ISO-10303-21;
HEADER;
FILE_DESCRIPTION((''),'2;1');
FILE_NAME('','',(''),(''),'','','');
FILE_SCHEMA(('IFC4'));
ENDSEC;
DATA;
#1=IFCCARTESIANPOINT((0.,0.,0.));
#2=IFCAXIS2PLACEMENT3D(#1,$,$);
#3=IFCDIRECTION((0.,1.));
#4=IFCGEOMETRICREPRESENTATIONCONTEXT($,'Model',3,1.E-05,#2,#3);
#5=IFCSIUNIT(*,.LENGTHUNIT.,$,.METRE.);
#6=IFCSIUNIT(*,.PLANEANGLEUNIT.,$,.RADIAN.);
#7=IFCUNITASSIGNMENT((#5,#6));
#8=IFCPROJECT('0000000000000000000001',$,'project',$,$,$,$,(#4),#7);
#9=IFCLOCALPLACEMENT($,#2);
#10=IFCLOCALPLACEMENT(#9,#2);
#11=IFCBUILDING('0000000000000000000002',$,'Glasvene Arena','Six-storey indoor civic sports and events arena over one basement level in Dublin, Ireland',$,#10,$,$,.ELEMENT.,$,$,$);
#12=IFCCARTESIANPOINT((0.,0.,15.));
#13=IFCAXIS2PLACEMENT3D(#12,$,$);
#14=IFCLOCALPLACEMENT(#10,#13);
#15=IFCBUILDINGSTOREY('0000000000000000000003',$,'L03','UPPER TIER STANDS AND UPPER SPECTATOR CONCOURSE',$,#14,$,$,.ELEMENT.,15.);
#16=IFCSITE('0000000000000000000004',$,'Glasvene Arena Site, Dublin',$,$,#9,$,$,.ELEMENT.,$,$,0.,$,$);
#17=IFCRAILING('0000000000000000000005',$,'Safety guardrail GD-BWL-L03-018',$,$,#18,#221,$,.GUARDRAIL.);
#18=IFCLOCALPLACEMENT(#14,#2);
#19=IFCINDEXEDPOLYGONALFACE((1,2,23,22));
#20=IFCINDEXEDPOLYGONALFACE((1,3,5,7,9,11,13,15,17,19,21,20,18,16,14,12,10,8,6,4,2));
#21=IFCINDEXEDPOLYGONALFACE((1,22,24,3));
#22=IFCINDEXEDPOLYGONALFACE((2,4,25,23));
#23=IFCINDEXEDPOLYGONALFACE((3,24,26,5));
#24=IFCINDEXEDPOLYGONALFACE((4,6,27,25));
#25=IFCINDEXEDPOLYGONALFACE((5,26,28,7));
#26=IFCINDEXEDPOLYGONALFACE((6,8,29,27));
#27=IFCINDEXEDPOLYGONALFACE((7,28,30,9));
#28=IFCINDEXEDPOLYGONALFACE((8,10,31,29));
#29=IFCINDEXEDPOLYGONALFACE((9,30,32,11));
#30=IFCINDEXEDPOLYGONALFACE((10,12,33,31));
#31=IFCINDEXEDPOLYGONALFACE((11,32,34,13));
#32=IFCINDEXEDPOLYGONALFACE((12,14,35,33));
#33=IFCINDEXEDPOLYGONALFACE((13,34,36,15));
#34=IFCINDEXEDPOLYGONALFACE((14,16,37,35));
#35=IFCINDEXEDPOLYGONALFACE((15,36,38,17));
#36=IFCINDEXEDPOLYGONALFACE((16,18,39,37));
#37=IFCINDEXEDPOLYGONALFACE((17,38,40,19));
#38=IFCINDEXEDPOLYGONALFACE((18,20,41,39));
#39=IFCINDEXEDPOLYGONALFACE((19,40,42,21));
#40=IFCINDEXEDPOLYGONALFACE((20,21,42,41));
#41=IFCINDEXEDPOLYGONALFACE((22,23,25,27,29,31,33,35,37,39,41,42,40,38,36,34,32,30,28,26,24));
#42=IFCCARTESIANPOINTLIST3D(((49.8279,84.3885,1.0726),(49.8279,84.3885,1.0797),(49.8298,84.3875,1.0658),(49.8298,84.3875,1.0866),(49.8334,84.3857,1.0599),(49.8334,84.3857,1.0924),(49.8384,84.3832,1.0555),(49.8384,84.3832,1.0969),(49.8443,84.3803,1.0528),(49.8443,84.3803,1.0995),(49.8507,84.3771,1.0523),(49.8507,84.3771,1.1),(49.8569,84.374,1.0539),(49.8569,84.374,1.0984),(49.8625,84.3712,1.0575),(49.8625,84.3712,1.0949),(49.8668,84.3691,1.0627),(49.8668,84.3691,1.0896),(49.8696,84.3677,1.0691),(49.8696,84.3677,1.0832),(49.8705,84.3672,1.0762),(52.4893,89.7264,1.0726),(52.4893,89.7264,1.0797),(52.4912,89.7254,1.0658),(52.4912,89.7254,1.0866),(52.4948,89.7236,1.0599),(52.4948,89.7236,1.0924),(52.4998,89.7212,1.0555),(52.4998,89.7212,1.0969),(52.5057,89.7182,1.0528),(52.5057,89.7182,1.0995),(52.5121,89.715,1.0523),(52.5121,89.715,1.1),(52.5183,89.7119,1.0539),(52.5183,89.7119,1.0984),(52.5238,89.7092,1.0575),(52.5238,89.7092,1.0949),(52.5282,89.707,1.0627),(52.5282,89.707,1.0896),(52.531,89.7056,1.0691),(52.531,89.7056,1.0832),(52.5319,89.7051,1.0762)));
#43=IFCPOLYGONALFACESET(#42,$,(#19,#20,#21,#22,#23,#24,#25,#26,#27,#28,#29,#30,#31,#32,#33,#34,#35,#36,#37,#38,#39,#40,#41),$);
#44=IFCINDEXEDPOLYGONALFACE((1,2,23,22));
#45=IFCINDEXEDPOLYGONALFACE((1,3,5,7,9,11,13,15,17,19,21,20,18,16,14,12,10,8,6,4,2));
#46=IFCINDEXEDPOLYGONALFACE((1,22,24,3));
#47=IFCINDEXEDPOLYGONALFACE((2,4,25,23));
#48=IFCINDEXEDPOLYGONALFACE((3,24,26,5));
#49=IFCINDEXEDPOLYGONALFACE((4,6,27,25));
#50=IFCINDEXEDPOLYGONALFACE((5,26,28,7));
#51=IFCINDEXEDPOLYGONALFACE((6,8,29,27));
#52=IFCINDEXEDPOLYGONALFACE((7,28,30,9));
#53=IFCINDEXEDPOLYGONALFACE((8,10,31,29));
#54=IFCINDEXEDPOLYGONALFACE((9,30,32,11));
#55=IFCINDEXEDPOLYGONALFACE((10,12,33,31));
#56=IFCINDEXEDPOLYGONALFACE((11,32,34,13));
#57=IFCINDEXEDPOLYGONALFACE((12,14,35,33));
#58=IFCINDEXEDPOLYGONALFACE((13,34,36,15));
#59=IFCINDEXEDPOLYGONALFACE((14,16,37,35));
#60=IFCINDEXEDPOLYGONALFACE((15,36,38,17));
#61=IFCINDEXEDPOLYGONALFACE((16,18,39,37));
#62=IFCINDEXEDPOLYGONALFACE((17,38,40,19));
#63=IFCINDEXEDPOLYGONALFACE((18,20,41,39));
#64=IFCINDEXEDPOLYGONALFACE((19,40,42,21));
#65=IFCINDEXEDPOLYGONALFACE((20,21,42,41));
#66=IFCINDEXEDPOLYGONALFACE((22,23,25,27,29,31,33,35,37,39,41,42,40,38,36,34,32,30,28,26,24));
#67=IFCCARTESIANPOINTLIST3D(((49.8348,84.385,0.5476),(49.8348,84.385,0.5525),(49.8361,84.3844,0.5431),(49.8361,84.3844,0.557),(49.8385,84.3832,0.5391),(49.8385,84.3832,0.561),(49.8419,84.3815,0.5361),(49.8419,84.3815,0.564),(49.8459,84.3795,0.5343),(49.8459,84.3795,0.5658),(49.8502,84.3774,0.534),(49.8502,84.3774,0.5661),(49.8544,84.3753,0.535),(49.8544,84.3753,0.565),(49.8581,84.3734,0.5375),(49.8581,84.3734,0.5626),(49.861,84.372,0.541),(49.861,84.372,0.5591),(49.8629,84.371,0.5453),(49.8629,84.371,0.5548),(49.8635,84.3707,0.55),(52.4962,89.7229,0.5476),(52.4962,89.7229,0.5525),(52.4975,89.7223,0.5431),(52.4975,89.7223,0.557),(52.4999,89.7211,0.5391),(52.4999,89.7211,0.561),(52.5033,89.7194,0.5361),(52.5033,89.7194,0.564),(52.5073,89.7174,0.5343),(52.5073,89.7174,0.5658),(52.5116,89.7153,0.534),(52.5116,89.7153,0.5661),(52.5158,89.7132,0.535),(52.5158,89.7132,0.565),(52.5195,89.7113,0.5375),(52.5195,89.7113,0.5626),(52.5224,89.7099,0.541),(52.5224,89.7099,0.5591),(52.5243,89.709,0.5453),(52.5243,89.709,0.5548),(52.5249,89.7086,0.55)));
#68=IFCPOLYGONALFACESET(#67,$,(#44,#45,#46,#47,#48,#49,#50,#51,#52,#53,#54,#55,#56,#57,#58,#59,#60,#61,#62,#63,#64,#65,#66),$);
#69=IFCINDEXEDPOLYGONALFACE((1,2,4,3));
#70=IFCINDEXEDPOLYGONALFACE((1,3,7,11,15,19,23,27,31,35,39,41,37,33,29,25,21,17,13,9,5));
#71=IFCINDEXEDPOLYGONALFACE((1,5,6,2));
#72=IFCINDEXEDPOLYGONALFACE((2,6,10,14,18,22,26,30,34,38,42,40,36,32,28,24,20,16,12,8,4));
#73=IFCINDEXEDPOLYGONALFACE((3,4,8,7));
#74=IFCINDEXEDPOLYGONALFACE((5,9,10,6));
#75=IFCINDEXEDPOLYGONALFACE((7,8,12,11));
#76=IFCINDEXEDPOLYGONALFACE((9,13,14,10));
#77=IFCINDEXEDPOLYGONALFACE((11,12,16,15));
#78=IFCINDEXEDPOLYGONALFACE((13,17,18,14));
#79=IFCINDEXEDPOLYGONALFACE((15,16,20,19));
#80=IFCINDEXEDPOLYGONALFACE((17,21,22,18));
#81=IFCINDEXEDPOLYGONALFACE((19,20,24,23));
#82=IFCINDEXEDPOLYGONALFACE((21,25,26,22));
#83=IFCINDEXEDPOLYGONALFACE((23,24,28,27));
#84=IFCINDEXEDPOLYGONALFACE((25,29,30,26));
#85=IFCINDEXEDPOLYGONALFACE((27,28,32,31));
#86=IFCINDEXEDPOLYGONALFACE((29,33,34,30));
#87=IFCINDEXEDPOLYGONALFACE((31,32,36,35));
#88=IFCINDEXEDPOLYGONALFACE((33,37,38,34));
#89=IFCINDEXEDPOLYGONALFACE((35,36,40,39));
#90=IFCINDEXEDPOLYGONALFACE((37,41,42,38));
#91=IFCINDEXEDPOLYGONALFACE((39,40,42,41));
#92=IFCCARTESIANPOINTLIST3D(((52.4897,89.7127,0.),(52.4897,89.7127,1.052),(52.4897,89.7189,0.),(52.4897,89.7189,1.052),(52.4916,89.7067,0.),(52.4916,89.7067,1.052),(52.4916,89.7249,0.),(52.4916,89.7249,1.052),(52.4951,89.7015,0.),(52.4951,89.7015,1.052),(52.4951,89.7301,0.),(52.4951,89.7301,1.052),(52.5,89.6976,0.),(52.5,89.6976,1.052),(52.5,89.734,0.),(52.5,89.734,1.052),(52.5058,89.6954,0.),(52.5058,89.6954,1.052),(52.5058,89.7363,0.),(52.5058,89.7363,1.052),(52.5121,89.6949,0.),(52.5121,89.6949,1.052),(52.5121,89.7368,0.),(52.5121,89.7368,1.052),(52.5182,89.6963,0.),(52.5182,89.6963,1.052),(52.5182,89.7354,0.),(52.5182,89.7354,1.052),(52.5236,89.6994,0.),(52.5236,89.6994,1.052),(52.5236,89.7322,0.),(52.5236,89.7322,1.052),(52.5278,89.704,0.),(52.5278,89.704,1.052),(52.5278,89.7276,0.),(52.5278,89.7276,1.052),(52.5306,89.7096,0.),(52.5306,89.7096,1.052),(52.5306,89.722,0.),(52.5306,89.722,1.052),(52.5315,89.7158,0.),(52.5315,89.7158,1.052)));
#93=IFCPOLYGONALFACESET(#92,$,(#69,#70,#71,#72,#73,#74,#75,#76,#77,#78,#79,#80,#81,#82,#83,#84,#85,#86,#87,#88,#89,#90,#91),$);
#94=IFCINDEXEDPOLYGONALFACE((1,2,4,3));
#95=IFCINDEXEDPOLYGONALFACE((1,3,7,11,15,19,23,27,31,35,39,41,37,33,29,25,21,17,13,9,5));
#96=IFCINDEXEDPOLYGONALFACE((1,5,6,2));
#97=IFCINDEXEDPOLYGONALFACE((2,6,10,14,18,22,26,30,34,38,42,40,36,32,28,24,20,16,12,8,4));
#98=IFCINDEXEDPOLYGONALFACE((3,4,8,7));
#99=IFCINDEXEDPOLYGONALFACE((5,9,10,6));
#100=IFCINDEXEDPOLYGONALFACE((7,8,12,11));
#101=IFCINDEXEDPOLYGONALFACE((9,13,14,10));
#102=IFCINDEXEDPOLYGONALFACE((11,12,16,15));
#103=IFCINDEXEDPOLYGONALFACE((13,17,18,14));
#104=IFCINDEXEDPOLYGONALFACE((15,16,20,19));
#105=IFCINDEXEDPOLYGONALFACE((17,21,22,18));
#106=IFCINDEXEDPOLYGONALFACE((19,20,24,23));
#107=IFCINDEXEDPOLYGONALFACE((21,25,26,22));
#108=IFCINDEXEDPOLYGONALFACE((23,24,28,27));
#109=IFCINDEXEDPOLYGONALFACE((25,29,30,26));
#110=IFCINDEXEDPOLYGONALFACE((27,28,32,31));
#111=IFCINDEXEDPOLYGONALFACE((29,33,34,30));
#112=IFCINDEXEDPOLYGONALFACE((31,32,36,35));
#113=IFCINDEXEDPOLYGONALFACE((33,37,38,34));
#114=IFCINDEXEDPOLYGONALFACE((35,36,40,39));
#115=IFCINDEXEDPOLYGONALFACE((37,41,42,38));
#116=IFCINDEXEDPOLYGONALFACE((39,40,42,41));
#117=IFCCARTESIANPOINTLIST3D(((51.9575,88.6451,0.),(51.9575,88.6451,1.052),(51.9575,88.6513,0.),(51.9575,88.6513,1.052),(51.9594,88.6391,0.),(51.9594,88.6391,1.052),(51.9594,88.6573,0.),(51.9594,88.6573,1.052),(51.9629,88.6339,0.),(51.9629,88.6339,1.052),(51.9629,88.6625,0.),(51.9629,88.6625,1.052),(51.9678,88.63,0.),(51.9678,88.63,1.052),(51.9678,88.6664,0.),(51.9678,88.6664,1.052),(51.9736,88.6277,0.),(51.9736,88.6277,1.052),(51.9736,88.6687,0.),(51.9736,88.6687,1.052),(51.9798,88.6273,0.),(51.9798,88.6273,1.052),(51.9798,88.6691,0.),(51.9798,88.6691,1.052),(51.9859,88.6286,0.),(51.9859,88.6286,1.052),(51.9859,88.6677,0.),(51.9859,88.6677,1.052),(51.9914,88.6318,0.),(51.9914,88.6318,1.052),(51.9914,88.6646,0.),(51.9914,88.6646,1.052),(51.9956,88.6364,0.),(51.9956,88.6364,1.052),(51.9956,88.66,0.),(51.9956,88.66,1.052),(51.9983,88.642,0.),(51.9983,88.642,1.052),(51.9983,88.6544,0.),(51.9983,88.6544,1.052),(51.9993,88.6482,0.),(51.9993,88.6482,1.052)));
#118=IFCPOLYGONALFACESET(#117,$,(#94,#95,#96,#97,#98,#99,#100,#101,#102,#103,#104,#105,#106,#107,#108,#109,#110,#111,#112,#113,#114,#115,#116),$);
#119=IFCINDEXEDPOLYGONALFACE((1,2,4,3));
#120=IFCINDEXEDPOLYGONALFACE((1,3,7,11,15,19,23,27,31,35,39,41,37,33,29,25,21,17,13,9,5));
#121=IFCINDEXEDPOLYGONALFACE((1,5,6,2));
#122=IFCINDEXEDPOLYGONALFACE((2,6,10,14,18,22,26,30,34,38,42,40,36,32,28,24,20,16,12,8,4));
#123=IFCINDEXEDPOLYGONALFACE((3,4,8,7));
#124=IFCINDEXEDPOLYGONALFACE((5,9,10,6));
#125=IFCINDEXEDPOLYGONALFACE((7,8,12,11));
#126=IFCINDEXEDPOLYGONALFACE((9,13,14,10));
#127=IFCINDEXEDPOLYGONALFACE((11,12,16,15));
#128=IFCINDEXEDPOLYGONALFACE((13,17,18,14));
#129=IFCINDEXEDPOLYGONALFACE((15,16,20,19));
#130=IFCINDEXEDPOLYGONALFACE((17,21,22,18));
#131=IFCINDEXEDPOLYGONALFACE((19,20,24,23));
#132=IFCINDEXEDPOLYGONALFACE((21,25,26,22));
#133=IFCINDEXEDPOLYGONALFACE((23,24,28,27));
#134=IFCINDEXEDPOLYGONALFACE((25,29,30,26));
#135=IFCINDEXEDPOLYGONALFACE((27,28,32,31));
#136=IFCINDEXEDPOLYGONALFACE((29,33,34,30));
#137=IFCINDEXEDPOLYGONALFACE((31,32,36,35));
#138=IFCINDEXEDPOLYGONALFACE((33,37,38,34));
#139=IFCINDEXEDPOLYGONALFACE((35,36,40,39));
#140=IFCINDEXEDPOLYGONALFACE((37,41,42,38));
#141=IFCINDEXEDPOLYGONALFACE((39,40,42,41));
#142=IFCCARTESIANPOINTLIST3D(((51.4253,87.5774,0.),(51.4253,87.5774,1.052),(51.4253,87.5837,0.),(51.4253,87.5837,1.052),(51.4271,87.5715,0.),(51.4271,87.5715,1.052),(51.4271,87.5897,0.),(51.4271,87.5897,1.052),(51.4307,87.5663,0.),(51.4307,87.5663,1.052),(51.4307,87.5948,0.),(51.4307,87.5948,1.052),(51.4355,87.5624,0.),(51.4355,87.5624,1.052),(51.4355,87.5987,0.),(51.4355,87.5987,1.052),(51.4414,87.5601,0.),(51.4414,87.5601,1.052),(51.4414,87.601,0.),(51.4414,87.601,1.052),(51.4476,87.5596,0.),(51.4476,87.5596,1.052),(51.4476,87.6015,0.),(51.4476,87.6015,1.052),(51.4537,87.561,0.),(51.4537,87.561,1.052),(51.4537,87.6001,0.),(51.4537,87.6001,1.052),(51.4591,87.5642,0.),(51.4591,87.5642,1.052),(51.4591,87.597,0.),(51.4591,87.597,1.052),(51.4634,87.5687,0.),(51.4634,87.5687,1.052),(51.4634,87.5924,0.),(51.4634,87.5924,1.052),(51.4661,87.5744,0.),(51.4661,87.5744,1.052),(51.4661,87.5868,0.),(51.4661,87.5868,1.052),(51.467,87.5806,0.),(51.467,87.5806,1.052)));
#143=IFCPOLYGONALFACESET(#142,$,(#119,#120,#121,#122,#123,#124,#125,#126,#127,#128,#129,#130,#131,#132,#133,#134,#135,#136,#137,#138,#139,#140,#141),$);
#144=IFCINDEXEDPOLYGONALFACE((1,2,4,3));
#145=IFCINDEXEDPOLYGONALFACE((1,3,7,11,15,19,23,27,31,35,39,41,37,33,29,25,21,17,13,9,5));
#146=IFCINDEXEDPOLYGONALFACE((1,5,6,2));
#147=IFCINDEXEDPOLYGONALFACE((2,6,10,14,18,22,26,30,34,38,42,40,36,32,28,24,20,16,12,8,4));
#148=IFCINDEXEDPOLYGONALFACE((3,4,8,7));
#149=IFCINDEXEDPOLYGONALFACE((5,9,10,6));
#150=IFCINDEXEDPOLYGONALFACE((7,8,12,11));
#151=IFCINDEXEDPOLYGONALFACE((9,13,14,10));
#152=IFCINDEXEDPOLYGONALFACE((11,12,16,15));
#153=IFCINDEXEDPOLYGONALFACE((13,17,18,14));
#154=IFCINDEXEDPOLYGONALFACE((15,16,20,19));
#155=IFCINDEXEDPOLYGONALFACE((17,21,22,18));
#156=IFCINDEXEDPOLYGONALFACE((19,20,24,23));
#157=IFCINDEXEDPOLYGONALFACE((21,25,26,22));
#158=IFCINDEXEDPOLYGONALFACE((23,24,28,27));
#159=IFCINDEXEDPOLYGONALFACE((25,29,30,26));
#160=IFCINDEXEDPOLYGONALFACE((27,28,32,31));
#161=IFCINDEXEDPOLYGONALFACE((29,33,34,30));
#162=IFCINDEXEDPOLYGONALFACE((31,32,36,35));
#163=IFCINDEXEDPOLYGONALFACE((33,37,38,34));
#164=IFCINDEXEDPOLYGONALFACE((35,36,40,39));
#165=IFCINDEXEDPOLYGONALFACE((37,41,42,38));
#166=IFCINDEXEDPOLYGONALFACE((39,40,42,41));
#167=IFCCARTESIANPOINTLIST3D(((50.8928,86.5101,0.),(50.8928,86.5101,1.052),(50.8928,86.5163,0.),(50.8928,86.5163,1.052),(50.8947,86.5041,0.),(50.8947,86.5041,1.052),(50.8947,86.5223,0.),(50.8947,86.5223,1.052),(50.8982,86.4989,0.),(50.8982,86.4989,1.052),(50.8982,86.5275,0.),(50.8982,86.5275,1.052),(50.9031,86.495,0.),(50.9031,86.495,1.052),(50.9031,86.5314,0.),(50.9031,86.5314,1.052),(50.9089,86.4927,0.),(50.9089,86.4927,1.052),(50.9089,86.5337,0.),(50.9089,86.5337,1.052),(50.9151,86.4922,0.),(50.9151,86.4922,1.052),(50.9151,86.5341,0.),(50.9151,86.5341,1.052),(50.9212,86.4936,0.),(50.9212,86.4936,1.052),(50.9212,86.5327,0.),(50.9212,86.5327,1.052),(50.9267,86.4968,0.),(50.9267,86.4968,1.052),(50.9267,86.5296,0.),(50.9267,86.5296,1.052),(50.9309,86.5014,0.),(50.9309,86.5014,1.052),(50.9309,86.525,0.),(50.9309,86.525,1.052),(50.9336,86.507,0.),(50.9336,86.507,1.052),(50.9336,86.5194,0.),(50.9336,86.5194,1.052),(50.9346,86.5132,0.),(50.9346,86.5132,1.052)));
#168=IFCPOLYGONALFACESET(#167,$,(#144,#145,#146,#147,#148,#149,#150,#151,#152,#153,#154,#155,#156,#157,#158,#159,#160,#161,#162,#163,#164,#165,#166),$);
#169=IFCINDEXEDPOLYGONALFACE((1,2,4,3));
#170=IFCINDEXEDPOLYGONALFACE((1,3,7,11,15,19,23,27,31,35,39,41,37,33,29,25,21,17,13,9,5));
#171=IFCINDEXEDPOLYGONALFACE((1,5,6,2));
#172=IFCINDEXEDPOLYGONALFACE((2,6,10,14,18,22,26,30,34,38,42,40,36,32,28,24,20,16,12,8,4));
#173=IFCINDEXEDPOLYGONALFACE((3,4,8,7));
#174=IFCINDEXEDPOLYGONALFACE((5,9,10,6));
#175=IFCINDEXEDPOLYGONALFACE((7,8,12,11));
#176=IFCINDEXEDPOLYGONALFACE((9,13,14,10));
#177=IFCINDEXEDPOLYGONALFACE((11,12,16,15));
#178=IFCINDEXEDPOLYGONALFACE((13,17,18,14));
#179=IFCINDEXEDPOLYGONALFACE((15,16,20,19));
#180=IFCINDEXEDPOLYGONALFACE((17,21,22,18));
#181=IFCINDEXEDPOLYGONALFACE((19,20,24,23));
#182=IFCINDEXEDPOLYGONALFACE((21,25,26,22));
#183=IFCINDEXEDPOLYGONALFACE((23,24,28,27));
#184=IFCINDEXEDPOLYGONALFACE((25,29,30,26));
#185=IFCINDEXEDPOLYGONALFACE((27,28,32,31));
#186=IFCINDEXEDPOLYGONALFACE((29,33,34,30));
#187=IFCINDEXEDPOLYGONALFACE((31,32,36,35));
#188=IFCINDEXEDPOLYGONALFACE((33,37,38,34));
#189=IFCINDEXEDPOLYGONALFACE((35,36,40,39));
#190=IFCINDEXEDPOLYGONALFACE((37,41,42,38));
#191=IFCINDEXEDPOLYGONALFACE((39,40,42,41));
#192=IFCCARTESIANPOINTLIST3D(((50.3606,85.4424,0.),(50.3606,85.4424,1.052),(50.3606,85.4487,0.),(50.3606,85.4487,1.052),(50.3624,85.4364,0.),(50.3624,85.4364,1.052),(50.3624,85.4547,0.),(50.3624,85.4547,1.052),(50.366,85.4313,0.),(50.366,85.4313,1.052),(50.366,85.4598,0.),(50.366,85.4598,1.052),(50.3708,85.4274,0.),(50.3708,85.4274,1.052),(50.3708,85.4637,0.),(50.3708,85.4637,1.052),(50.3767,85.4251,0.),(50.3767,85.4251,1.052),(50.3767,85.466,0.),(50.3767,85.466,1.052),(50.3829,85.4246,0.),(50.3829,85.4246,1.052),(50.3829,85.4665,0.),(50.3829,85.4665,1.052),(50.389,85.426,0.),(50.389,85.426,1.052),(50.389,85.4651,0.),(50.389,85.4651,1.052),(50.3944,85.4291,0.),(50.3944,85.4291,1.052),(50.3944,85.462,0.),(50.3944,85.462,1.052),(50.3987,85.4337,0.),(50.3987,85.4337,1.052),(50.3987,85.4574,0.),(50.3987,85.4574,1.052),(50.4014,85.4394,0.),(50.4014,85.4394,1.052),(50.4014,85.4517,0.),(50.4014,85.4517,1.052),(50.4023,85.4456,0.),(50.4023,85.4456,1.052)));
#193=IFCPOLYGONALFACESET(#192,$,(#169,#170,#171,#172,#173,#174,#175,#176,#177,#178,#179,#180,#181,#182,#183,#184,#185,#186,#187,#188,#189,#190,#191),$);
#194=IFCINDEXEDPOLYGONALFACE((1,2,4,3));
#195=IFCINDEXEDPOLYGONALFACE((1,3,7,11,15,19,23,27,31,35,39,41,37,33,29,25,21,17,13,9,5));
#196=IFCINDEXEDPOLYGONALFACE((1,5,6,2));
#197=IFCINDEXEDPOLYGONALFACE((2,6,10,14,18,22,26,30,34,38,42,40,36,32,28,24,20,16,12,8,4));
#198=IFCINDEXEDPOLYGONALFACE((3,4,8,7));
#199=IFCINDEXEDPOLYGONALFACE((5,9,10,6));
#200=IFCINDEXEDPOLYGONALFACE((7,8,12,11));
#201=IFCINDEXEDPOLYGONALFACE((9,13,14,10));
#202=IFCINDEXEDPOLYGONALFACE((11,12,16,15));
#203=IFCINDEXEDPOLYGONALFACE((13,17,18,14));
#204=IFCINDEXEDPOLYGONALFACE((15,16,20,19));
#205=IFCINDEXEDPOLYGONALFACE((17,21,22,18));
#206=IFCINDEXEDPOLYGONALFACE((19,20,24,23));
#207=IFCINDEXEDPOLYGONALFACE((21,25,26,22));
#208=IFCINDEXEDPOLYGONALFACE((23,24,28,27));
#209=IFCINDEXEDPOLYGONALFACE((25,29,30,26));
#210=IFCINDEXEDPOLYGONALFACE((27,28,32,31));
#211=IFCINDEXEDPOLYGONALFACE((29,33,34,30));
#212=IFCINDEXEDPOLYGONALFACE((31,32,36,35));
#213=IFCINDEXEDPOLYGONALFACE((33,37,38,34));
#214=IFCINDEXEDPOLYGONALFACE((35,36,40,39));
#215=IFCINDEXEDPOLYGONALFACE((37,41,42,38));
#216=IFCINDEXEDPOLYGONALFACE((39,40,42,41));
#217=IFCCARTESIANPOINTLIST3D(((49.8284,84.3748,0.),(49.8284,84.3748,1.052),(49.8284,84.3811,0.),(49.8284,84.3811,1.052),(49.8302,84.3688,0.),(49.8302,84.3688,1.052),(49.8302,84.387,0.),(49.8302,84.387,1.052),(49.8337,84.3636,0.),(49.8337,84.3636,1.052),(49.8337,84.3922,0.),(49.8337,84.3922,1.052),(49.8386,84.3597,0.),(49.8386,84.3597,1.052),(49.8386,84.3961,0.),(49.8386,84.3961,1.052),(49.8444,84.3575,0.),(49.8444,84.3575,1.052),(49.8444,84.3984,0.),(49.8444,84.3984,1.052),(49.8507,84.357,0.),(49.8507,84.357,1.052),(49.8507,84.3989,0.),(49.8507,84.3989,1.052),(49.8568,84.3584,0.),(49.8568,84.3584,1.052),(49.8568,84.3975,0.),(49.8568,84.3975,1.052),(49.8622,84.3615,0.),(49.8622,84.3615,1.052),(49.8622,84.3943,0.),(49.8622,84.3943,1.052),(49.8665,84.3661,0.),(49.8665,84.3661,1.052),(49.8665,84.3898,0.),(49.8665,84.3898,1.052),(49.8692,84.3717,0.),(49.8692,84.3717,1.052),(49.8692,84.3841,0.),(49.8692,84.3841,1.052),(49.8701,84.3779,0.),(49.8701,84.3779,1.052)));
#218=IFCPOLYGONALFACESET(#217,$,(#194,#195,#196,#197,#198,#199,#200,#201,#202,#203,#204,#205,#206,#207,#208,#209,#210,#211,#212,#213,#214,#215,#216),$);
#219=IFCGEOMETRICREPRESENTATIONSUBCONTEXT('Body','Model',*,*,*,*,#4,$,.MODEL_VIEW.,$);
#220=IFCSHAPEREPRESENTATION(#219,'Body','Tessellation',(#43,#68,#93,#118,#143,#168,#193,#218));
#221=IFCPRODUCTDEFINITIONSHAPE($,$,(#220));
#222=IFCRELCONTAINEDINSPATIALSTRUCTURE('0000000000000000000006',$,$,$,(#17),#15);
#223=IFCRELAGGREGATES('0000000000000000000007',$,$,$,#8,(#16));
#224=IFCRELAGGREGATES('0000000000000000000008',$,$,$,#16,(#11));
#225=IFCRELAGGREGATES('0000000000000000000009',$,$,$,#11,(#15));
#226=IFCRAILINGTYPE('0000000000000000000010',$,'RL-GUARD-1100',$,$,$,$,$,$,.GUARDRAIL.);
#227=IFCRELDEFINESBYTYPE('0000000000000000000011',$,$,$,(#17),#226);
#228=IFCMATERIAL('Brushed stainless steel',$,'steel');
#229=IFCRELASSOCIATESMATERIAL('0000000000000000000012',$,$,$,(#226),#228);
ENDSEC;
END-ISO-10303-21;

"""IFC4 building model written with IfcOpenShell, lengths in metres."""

from ifc_helpers import new_model, si_unit, direction, frame, origin, origin_2d, place, context, subcontext, project, spatial, circle, extrude, material, type_object, element, save


model = new_model("IFC4")

# Units and contexts
model_context = context("Model", 3, precision=1e-05, world=origin(), true_north=direction((0.0, 1.0)))
body_context = subcontext(model_context, "Body", "Model", "MODEL_VIEW")
ifc_project = project(units=[si_unit("LENGTHUNIT", "METRE"), si_unit("PLANEANGLEUNIT", "RADIAN")], contexts=[model_context])

# Site, building, storey
site_placement = place(None, origin())
site = spatial("IfcSite", under=ifc_project, at=site_placement, Name="Glasvene Arena Site, Dublin", CompositionType="ELEMENT", RefElevation=0.0)
building_placement = place(site_placement, origin())
building = spatial("IfcBuilding", under=site, at=building_placement, Name="Glasvene Arena", Description="Six-storey indoor civic sports and events arena over one basement level in Dublin, Ireland", CompositionType="ELEMENT")
storey_placement = place(building_placement, frame((0.0, 0.0, 15.0)))
storey = spatial("IfcBuildingStorey", under=building, at=storey_placement, Name="L03", Description="UPPER TIER STANDS AND UPPER SPECTATOR CONCOURSE", CompositionType="ELEMENT", Elevation=15.0)

# Shared definitions
ifc_material_1 = material(Name="Brushed stainless steel", Category="steel")

# Railing
railing_type_1 = type_object("IfcRailingType", Name="RL-GUARD-1100", PredefinedType="GUARDRAIL", material=ifc_material_1)
railing_1_placement = place(storey_placement, frame((52.5105, 89.7158, 0.0)))
element("IfcRailing", 1, at=railing_1_placement, inside=storey, type_object=railing_type_1, Name="Safety guardrail GD-BWL-L03-018", PredefinedType="GUARDRAIL", context=body_context, shape_type="SweptSolid", body=[
    extrude(circle(Radius=0.0239, at=origin_2d()), frame((0.0, 0.0, 1.0762), z_axis=(-0.446198, -0.894934, 0.0), x_axis=(0.894934, -0.446198, 0.0)), (0.0, 0.0, 1.0), 5.9646),
    extrude(circle(Radius=0.0161, at=origin_2d()), frame((0.0, 0.0, 0.55), z_axis=(-0.446198, -0.894934, 0.0), x_axis=(0.894934, -0.446198, 0.0)), (0.0, 0.0, 1.0), 5.9646),
    extrude(circle(Radius=0.021, at=origin_2d()), origin(), (0.0, 0.0, 1.0), 1.052),
    extrude(circle(Radius=0.021, at=origin_2d()), frame((-0.5322, -1.0676, 0.0)), (0.0, 0.0, 1.0), 1.052),
    extrude(circle(Radius=0.021, at=origin_2d()), frame((-1.0645, -2.1353, 0.0)), (0.0, 0.0, 1.0), 1.052),
    extrude(circle(Radius=0.021, at=origin_2d()), frame((-1.5969, -3.2026, 0.0)), (0.0, 0.0, 1.0), 1.052),
    extrude(circle(Radius=0.021, at=origin_2d()), frame((-2.1292, -4.2703, 0.0)), (0.0, 0.0, 1.0), 1.052),
    extrude(circle(Radius=0.021, at=origin_2d()), frame((-2.6614, -5.3379, 0.0)), (0.0, 0.0, 1.0), 1.052),
])

save(model, "model.ifc")
